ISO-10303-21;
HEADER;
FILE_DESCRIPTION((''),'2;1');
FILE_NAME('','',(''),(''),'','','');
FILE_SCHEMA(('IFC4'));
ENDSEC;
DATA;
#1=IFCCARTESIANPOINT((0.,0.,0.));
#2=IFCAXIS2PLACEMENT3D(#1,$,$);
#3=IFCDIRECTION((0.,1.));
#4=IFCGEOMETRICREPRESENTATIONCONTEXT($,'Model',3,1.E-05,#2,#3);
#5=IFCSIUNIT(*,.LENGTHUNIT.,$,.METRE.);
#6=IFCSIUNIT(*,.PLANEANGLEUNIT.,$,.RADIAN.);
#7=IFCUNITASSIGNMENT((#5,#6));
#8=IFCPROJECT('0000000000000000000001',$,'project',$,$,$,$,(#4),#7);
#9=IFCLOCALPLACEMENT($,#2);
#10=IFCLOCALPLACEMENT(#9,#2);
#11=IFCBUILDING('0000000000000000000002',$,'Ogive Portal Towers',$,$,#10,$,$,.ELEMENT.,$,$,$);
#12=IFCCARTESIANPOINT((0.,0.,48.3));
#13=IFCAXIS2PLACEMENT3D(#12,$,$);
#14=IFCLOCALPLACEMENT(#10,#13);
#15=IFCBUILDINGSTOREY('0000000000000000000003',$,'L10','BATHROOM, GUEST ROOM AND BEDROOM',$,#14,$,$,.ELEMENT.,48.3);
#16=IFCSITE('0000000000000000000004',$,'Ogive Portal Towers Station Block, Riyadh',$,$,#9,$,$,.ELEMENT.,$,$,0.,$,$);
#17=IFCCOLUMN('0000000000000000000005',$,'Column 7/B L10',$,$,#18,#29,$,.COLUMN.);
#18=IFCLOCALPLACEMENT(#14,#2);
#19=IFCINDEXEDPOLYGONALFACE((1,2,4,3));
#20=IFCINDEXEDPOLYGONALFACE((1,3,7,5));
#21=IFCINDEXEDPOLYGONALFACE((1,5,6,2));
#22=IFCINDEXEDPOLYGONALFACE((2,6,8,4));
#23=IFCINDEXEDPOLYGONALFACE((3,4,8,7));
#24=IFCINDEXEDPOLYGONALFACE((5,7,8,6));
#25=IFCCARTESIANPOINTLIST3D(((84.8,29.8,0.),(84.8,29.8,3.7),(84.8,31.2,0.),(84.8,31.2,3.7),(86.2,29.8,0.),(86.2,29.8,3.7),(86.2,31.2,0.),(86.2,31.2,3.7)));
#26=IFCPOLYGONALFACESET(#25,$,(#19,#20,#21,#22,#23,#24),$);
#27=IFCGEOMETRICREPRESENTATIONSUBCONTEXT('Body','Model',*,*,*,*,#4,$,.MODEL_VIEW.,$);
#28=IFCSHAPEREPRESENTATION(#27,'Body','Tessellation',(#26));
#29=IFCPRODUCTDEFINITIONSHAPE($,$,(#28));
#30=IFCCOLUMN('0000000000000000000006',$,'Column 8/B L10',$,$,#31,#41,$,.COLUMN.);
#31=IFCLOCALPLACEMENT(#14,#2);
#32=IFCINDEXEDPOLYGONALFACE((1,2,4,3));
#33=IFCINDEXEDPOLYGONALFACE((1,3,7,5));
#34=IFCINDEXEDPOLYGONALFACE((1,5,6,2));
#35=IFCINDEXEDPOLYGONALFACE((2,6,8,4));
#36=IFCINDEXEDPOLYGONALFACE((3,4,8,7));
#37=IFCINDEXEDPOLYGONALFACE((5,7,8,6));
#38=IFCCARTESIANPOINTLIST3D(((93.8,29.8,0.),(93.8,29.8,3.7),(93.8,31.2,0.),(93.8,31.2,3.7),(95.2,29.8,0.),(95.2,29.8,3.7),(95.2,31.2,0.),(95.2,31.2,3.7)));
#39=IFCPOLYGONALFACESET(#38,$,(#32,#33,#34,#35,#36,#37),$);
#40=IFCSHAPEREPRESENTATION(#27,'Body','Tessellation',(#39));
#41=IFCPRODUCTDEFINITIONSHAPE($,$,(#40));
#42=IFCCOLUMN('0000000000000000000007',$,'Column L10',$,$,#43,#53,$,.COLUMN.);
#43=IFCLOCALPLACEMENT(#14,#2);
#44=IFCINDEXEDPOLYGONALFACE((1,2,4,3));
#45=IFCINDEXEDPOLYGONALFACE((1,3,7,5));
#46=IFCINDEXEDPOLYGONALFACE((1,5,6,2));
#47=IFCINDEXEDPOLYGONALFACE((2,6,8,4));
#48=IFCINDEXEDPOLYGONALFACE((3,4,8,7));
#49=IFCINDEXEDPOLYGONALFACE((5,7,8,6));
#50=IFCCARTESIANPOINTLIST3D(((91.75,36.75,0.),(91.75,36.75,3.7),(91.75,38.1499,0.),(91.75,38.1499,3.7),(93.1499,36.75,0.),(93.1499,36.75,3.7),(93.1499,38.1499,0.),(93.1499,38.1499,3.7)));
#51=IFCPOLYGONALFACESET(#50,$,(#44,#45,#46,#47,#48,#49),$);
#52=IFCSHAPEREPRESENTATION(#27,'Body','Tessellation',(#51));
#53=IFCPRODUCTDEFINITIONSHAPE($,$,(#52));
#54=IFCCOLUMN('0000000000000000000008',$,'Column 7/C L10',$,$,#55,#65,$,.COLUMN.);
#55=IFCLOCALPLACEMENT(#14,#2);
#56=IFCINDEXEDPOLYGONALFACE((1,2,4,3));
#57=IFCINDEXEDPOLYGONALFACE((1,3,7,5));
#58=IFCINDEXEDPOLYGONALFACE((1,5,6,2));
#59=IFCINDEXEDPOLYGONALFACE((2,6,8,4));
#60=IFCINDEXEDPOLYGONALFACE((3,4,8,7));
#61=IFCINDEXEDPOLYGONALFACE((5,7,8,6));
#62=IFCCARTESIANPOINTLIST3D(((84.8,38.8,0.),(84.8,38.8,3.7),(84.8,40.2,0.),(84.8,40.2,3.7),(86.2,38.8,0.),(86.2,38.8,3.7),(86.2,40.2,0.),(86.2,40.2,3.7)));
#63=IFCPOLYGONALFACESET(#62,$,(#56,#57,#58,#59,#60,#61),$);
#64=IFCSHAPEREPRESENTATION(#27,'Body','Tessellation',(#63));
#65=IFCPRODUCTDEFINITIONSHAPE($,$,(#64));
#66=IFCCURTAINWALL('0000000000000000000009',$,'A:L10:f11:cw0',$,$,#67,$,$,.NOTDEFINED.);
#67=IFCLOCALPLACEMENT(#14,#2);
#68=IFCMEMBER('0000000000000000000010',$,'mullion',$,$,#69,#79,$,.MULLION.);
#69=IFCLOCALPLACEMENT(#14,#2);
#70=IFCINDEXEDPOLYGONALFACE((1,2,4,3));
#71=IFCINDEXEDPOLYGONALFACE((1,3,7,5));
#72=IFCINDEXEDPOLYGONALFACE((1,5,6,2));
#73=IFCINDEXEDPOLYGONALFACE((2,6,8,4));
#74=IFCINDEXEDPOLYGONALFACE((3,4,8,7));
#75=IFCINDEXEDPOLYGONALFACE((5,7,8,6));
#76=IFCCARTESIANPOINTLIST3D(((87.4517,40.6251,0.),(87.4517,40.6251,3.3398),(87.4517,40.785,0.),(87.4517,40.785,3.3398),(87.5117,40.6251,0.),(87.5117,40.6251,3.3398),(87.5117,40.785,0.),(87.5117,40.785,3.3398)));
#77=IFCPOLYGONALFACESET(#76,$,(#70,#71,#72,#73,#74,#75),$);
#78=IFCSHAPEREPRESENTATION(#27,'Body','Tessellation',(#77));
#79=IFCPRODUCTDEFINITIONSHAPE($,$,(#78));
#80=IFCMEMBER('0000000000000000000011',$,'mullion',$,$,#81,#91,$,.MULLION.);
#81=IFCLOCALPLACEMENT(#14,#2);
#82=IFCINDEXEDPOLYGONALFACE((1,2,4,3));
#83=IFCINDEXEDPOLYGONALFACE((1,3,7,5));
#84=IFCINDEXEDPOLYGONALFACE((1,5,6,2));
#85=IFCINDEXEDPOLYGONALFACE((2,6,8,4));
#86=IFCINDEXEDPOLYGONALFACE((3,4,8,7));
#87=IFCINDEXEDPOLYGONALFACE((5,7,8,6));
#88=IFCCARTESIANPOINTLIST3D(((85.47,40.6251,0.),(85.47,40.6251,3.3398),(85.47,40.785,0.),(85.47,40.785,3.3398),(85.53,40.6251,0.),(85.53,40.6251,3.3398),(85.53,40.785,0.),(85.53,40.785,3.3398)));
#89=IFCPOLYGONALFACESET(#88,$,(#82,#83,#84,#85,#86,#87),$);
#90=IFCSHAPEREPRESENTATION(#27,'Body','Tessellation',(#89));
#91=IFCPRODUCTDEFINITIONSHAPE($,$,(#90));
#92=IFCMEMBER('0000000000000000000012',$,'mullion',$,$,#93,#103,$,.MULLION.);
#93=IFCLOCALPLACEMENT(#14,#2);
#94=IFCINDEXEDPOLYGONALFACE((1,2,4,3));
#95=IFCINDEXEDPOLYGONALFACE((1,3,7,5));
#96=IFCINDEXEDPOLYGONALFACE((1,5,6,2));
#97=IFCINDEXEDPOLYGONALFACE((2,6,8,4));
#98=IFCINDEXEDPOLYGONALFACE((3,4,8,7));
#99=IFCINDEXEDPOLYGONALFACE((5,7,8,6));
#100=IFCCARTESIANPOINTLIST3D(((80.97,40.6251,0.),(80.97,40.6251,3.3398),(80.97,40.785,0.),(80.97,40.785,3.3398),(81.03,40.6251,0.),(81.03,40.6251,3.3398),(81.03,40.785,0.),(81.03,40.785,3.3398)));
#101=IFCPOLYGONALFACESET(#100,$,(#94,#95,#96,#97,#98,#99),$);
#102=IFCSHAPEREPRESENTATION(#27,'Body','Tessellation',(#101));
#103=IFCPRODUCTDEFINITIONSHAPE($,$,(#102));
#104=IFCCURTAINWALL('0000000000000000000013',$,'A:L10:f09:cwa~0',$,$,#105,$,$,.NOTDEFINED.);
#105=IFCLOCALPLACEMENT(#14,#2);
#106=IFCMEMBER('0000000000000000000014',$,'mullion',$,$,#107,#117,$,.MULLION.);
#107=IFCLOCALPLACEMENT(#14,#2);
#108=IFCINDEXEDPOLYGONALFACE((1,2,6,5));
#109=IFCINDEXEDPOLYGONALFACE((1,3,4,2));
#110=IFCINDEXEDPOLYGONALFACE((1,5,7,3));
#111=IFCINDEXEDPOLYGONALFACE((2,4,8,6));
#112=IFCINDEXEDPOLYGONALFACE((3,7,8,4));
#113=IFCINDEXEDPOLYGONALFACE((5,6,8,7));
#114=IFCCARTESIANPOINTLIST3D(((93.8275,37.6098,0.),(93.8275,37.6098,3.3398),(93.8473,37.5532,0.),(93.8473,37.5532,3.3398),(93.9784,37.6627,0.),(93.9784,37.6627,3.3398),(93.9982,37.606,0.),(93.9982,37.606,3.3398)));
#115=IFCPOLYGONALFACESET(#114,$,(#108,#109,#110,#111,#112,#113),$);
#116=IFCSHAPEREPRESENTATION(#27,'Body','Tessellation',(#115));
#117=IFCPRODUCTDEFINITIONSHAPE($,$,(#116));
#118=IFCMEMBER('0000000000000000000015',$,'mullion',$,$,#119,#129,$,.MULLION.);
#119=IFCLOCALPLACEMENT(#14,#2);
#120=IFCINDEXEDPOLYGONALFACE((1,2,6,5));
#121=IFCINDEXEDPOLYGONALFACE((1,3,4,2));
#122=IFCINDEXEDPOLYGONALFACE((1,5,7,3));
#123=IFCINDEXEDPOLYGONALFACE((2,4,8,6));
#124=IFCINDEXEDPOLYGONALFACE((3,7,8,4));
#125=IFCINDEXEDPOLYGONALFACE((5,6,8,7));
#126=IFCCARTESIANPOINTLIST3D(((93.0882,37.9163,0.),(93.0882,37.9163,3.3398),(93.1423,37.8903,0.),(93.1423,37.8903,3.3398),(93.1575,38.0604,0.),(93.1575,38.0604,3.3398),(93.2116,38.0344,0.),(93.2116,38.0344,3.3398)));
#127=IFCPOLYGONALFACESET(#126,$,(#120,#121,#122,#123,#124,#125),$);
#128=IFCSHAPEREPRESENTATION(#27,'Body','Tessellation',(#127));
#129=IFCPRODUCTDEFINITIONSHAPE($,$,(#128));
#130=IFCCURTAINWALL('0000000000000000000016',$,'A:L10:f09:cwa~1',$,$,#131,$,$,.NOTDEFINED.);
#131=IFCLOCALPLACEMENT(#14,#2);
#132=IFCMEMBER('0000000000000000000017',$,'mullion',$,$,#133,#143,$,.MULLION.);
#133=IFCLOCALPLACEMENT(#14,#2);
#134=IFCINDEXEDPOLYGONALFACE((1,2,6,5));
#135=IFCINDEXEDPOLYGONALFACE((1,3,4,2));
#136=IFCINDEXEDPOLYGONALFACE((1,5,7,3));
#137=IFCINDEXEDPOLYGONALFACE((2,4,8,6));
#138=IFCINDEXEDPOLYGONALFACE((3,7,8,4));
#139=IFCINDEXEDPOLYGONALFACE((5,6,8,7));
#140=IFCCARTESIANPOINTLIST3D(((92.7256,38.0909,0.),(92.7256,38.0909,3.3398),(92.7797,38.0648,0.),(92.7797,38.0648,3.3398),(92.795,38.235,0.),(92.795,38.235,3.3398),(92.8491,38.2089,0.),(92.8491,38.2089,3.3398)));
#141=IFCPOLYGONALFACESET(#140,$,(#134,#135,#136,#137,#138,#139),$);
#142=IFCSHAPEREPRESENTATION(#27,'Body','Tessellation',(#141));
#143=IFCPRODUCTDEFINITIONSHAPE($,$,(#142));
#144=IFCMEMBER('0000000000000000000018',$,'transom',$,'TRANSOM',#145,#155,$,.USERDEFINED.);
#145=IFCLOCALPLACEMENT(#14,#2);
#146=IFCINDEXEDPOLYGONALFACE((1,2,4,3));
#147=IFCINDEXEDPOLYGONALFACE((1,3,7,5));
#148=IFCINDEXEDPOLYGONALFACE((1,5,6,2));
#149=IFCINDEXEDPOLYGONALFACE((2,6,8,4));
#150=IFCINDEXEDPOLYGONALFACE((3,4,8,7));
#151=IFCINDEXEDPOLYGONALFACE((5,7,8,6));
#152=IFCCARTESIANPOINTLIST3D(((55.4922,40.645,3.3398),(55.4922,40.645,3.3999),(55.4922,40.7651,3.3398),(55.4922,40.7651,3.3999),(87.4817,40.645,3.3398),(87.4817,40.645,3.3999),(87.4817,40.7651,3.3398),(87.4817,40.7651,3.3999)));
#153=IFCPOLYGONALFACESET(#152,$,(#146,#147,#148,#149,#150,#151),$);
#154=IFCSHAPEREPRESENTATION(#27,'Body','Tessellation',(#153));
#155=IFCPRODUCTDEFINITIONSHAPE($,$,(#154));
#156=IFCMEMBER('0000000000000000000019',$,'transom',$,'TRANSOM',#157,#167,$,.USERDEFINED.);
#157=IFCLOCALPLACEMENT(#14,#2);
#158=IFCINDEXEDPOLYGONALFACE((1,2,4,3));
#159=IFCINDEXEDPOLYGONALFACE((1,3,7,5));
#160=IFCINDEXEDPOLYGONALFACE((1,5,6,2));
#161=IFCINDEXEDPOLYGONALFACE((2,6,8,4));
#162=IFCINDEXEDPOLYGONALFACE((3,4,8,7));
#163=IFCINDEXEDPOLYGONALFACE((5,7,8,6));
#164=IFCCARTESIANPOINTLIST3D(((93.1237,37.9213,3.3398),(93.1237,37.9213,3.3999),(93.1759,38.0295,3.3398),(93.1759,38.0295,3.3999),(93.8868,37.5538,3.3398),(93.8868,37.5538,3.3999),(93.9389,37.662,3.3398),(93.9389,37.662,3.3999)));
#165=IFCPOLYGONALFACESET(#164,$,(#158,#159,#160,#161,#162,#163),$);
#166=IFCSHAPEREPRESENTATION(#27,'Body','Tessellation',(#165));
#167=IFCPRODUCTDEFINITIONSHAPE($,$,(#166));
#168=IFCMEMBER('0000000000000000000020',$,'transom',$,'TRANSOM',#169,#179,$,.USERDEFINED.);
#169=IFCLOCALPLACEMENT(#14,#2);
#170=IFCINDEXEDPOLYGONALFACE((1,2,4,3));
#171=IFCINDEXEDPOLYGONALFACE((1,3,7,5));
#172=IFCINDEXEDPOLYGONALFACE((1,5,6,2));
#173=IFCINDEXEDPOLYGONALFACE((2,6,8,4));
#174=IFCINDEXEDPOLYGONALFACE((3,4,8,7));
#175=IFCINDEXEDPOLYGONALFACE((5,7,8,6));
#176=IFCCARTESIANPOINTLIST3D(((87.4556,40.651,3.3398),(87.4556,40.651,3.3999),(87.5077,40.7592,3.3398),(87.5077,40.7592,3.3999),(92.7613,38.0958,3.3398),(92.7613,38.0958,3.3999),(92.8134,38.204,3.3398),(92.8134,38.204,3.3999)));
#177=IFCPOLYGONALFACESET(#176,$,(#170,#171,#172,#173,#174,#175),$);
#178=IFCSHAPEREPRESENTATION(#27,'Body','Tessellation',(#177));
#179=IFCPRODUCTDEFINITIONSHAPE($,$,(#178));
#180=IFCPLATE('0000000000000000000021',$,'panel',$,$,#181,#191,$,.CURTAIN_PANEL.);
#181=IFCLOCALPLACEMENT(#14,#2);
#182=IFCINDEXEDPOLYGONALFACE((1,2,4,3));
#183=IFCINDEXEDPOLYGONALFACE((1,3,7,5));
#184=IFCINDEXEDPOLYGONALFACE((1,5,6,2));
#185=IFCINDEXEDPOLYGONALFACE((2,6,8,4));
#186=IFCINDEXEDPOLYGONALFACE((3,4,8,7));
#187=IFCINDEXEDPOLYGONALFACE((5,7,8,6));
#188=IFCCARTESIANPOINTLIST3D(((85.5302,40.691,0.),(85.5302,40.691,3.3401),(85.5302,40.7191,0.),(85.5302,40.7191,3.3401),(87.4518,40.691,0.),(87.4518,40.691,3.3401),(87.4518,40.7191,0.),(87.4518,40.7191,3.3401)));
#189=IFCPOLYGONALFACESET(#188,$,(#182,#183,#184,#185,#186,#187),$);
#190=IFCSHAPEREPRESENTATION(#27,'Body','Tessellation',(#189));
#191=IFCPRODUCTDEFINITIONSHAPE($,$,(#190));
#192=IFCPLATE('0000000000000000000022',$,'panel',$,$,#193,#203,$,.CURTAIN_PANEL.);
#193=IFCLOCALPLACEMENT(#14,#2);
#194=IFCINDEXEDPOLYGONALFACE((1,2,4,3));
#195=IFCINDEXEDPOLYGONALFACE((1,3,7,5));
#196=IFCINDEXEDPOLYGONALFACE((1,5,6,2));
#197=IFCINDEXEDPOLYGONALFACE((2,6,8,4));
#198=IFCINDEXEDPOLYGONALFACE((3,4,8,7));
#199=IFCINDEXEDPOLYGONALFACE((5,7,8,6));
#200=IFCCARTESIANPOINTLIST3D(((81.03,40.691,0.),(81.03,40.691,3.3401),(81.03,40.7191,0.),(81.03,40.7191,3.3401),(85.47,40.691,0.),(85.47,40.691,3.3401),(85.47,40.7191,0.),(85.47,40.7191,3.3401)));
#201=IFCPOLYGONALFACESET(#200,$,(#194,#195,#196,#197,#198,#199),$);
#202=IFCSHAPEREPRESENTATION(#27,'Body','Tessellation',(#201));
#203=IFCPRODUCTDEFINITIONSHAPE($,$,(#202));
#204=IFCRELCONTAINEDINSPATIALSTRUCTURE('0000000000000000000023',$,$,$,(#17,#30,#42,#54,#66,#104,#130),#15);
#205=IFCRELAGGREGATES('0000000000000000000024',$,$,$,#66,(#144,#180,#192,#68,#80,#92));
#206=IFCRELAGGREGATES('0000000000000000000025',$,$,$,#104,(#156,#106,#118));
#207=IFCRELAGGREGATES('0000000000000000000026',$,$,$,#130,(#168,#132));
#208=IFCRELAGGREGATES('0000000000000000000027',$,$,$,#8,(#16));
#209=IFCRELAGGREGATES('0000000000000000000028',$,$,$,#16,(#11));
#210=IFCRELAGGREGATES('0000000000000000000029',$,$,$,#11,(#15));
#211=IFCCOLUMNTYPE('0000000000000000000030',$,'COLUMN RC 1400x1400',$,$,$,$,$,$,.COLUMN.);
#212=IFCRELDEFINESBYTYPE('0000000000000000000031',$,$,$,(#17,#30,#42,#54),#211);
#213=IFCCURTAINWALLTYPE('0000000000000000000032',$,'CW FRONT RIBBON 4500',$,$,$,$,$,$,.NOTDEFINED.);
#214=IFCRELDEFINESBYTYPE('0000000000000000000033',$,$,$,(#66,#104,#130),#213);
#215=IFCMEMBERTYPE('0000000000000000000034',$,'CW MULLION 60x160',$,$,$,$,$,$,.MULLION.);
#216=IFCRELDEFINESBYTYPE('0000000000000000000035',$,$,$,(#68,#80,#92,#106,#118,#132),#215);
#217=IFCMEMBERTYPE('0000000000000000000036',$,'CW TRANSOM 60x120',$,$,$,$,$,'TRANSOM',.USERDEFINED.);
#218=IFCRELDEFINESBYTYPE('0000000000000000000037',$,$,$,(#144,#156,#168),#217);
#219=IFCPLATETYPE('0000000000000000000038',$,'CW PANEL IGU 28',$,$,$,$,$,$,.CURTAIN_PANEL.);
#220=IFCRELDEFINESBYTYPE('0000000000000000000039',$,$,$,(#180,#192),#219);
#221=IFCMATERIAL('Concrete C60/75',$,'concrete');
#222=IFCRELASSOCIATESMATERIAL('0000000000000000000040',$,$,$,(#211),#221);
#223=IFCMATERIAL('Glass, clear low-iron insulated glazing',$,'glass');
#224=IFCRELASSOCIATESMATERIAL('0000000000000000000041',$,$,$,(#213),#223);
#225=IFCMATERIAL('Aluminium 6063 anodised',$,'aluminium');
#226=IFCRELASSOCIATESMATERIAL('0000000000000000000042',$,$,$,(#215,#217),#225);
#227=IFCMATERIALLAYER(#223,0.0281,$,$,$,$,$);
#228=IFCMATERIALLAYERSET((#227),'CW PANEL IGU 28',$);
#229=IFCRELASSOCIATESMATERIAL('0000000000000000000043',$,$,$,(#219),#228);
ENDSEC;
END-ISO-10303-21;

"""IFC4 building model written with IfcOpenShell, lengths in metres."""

from ifc_helpers import new_model, si_unit, direction, frame, origin, origin_2d, place, context, subcontext, project, spatial, rectangle, extrude, material, layer, layer_set, material_profile, profile_set, type_object, element, aggregate, save


model = new_model("IFC4")

# Units and contexts
model_context = context("Model", 3, precision=1e-05, world=origin(), true_north=direction((0.0, 1.0)))
body_context = subcontext(model_context, "Body", "Model", "MODEL_VIEW")
ifc_project = project(units=[si_unit("LENGTHUNIT", "METRE"), si_unit("PLANEANGLEUNIT", "RADIAN")], contexts=[model_context])

# Site, building, storey
site_placement = place(None, origin())
site = spatial("IfcSite", under=ifc_project, at=site_placement, Name="Ogive Portal Towers Station Block, Riyadh", CompositionType="ELEMENT", RefElevation=0.0)
building_placement = place(site_placement, origin())
building = spatial("IfcBuilding", under=site, at=building_placement, Name="Ogive Portal Towers", CompositionType="ELEMENT")
storey_placement = place(building_placement, frame((0.0, 0.0, 48.3)))
storey = spatial("IfcBuildingStorey", under=building, at=storey_placement, Name="L10", Description="BATHROOM, GUEST ROOM AND BEDROOM", CompositionType="ELEMENT", Elevation=48.3)

# Columns
ifc_material_1 = material(Name="Concrete C60/75", Category="concrete")
ifc_material_profile_1 = material_profile(ifc_material_1, rectangle(XDim=1.3999, YDim=1.3999, at=origin_2d()), Name="RC 1400x1400")
ifc_profile_set_1 = profile_set([ifc_material_profile_1], Name="Concrete C60/75")
column_type = type_object("IfcColumnType", Name="COLUMN RC 1400x1400", PredefinedType="COLUMN", material=ifc_profile_set_1)
for number, where, z_axis, x_axis, name in (
    (1, (85.5, 30.5, 0.0), (0.0, 0.0, 1.0), (1.0, 0.0, 0.0), "Column 7/B L10"),
    (2, (94.5, 30.5, 0.0), (0.0, 0.0, 1.0), (1.0, 0.0, 0.0), "Column 8/B L10"),
    (3, (92.45, 37.45, 0.0), (0.0, 0.0, 1.0), (1.0, 0.0, 0.0), "Column L10"),
    (4, (85.5, 39.5, 0.0), (0.0, 0.0, 1.0), (1.0, 0.0, 0.0), "Column 7/C L10"),
):
    element("IfcColumn", number, at=place(storey_placement, frame(where, z_axis=z_axis, x_axis=x_axis)), inside=storey, type_object=column_type, Name=name, PredefinedType="COLUMN", context=body_context, shape_type="SweptSolid", body=[
        extrude(rectangle(XDim=1.3999, YDim=1.3999, at=origin_2d()), origin(), (0.0, 0.0, 1.0), 3.7),
    ])

# Curtain walls, members
ifc_material_2 = material(Name="Glass, clear low-iron insulated glazing", Category="glass")
curtain_wall_type = type_object("IfcCurtainWallType", Name="CW FRONT RIBBON 4500", PredefinedType="NOTDEFINED", material=ifc_material_2)
curtain_wall_1_placement = place(storey_placement, origin())
curtain_wall_1 = element("IfcCurtainWall", 5, at=curtain_wall_1_placement, inside=storey, type_object=curtain_wall_type, Name="A:L10:f11:cw0", PredefinedType="NOTDEFINED")
ifc_material_3 = material(Name="Aluminium 6063 anodised", Category="aluminium")
ifc_material_profile_2 = material_profile(ifc_material_3, rectangle(XDim=0.1599, YDim=0.0601, at=origin_2d()), Name="AL 60x160")
ifc_profile_set_2 = profile_set([ifc_material_profile_2], Name="Aluminium 6063 anodised")
member_type_1 = type_object("IfcMemberType", Name="CW MULLION 60x160", PredefinedType="MULLION", material=ifc_profile_set_2)
member_1_placement = place(storey_placement, frame((87.4817, 40.7051, 0.0), z_axis=(0.0, 0.0, 1.0), x_axis=(0.0, -1.0, 0.0)))
member_1 = element("IfcMember", 6, at=member_1_placement, type_object=member_type_1, Name="mullion", PredefinedType="MULLION", context=body_context, shape_type="SweptSolid", body=[
    extrude(rectangle(XDim=0.1599, YDim=0.0601, at=origin_2d()), origin(), (0.0, 0.0, 1.0), 3.3398),
])
member_2_placement = place(storey_placement, frame((85.5, 40.7051, 0.0), z_axis=(0.0, 0.0, 1.0), x_axis=(0.0, -1.0, 0.0)))
member_2 = element("IfcMember", 7, at=member_2_placement, type_object=member_type_1, Name="mullion", PredefinedType="MULLION", context=body_context, shape_type="SweptSolid", body=[
    extrude(rectangle(XDim=0.1599, YDim=0.0601, at=origin_2d()), origin(), (0.0, 0.0, 1.0), 3.3398),
])
member_3_placement = place(storey_placement, frame((81.0, 40.7051, 0.0), z_axis=(0.0, 0.0, 1.0), x_axis=(0.0, -1.0, 0.0)))
member_3 = element("IfcMember", 8, at=member_3_placement, type_object=member_type_1, Name="mullion", PredefinedType="MULLION", context=body_context, shape_type="SweptSolid", body=[
    extrude(rectangle(XDim=0.1599, YDim=0.0601, at=origin_2d()), origin(), (0.0, 0.0, 1.0), 3.3398),
])
curtain_wall_2_placement = place(storey_placement, origin())
curtain_wall_2 = element("IfcCurtainWall", 9, at=curtain_wall_2_placement, inside=storey, type_object=curtain_wall_type, Name="A:L10:f09:cwa~0", PredefinedType="NOTDEFINED")
member_4_placement = place(storey_placement, frame((93.9128, 37.6079, 0.0), z_axis=(0.0, 0.0, 1.0), x_axis=(-0.943883, -0.330279, 0.0)))
member_4 = element("IfcMember", 10, at=member_4_placement, type_object=member_type_1, Name="mullion", PredefinedType="MULLION", context=body_context, shape_type="SweptSolid", body=[
    extrude(rectangle(XDim=0.1599, YDim=0.0601, at=origin_2d()), origin(), (0.0, 0.0, 1.0), 3.3398),
])
member_5_placement = place(storey_placement, frame((93.1499, 37.9753, 0.0), z_axis=(0.0, 0.0, 1.0), x_axis=(-0.433884, -0.900969, 0.0)))
member_5 = element("IfcMember", 11, at=member_5_placement, type_object=member_type_1, Name="mullion", PredefinedType="MULLION", context=body_context, shape_type="SweptSolid", body=[
    extrude(rectangle(XDim=0.1599, YDim=0.0601, at=origin_2d()), origin(), (0.0, 0.0, 1.0), 3.3398),
])

# Curtain wall, member
curtain_wall_3_placement = place(storey_placement, origin())
curtain_wall_3 = element("IfcCurtainWall", 12, at=curtain_wall_3_placement, inside=storey, type_object=curtain_wall_type, Name="A:L10:f09:cwa~1", PredefinedType="NOTDEFINED")
member_6_placement = place(storey_placement, frame((92.7874, 38.1499, 0.0), z_axis=(0.0, 0.0, 1.0), x_axis=(-0.433884, -0.900969, 0.0)))
member_6 = element("IfcMember", 13, at=member_6_placement, type_object=member_type_1, Name="mullion", PredefinedType="MULLION", context=body_context, shape_type="SweptSolid", body=[
    extrude(rectangle(XDim=0.1599, YDim=0.0601, at=origin_2d()), origin(), (0.0, 0.0, 1.0), 3.3398),
])

# Members
ifc_material_profile_3 = material_profile(ifc_material_3, rectangle(XDim=0.1201, YDim=0.0601, at=origin_2d()), Name="AL 120x60")
ifc_profile_set_3 = profile_set([ifc_material_profile_3], Name="Aluminium 6063 anodised")
member_type_2 = type_object("IfcMemberType", Name="CW TRANSOM 60x120", ElementType="TRANSOM", PredefinedType="USERDEFINED", material=ifc_profile_set_3)
member_7_placement = place(storey_placement, frame((87.4817, 40.7051, 3.3699), z_axis=(-1.0, 0.0, 0.0), x_axis=(0.0, -1.0, 0.0)))
member_7 = element("IfcMember", 14, at=member_7_placement, type_object=member_type_2, Name="transom", ObjectType="TRANSOM", PredefinedType="USERDEFINED", context=body_context, shape_type="SweptSolid", body=[
    extrude(rectangle(XDim=0.1201, YDim=0.0601, at=origin_2d()), origin(), (0.0, 0.0, 1.0), 31.9895),
])
member_8_placement = place(storey_placement, frame((93.9128, 37.6079, 3.3699), z_axis=(-0.90096, 0.433902, 0.0), x_axis=(-0.433902, -0.90096, 0.0)))
member_8 = element("IfcMember", 15, at=member_8_placement, type_object=member_type_2, Name="transom", ObjectType="TRANSOM", PredefinedType="USERDEFINED", context=body_context, shape_type="SweptSolid", body=[
    extrude(rectangle(XDim=0.1201, YDim=0.0601, at=origin_2d()), origin(), (0.0, 0.0, 1.0), 0.8469),
])
member_9_placement = place(storey_placement, frame((92.7874, 38.1499, 3.3699), z_axis=(-0.900962, 0.433898, 0.0), x_axis=(-0.433898, -0.900962, 0.0)))
member_9 = element("IfcMember", 16, at=member_9_placement, type_object=member_type_2, Name="transom", ObjectType="TRANSOM", PredefinedType="USERDEFINED", context=body_context, shape_type="SweptSolid", body=[
    extrude(rectangle(XDim=0.1201, YDim=0.0601, at=origin_2d()), origin(), (0.0, 0.0, 1.0), 5.8889),
])

# Plates
ifc_layer_1 = layer(ifc_material_2, 0.0281)
ifc_layer_set_1 = layer_set([ifc_layer_1], Name="CW PANEL IGU 28")
plate_type = type_object("IfcPlateType", Name="CW PANEL IGU 28", PredefinedType="CURTAIN_PANEL", material=ifc_layer_set_1)
plate_1_placement = place(storey_placement, frame((86.491, 40.7051, 0.0), z_axis=(0.0, 0.0, 1.0), x_axis=(-1.0, 0.0, 0.0)))
plate_1 = element("IfcPlate", 17, at=plate_1_placement, type_object=plate_type, Name="panel", PredefinedType="CURTAIN_PANEL", context=body_context, shape_type="SweptSolid", body=[
    extrude(rectangle(XDim=1.9216, YDim=0.0281, at=origin_2d()), origin(), (0.0, 0.0, 1.0), 3.3401),
])
plate_2_placement = place(storey_placement, frame((83.25, 40.7051, 0.0), z_axis=(0.0, 0.0, 1.0), x_axis=(-1.0, 0.0, 0.0)))
plate_2 = element("IfcPlate", 18, at=plate_2_placement, type_object=plate_type, Name="panel", PredefinedType="CURTAIN_PANEL", context=body_context, shape_type="SweptSolid", body=[
    extrude(rectangle(XDim=4.4399, YDim=0.0281, at=origin_2d()), origin(), (0.0, 0.0, 1.0), 3.3401),
])
aggregate(curtain_wall_1, [member_7, plate_1, plate_2, member_1, member_2, member_3])
aggregate(curtain_wall_2, [member_8, member_4, member_5])
aggregate(curtain_wall_3, [member_9, member_6])

save(model, "model.ifc")
